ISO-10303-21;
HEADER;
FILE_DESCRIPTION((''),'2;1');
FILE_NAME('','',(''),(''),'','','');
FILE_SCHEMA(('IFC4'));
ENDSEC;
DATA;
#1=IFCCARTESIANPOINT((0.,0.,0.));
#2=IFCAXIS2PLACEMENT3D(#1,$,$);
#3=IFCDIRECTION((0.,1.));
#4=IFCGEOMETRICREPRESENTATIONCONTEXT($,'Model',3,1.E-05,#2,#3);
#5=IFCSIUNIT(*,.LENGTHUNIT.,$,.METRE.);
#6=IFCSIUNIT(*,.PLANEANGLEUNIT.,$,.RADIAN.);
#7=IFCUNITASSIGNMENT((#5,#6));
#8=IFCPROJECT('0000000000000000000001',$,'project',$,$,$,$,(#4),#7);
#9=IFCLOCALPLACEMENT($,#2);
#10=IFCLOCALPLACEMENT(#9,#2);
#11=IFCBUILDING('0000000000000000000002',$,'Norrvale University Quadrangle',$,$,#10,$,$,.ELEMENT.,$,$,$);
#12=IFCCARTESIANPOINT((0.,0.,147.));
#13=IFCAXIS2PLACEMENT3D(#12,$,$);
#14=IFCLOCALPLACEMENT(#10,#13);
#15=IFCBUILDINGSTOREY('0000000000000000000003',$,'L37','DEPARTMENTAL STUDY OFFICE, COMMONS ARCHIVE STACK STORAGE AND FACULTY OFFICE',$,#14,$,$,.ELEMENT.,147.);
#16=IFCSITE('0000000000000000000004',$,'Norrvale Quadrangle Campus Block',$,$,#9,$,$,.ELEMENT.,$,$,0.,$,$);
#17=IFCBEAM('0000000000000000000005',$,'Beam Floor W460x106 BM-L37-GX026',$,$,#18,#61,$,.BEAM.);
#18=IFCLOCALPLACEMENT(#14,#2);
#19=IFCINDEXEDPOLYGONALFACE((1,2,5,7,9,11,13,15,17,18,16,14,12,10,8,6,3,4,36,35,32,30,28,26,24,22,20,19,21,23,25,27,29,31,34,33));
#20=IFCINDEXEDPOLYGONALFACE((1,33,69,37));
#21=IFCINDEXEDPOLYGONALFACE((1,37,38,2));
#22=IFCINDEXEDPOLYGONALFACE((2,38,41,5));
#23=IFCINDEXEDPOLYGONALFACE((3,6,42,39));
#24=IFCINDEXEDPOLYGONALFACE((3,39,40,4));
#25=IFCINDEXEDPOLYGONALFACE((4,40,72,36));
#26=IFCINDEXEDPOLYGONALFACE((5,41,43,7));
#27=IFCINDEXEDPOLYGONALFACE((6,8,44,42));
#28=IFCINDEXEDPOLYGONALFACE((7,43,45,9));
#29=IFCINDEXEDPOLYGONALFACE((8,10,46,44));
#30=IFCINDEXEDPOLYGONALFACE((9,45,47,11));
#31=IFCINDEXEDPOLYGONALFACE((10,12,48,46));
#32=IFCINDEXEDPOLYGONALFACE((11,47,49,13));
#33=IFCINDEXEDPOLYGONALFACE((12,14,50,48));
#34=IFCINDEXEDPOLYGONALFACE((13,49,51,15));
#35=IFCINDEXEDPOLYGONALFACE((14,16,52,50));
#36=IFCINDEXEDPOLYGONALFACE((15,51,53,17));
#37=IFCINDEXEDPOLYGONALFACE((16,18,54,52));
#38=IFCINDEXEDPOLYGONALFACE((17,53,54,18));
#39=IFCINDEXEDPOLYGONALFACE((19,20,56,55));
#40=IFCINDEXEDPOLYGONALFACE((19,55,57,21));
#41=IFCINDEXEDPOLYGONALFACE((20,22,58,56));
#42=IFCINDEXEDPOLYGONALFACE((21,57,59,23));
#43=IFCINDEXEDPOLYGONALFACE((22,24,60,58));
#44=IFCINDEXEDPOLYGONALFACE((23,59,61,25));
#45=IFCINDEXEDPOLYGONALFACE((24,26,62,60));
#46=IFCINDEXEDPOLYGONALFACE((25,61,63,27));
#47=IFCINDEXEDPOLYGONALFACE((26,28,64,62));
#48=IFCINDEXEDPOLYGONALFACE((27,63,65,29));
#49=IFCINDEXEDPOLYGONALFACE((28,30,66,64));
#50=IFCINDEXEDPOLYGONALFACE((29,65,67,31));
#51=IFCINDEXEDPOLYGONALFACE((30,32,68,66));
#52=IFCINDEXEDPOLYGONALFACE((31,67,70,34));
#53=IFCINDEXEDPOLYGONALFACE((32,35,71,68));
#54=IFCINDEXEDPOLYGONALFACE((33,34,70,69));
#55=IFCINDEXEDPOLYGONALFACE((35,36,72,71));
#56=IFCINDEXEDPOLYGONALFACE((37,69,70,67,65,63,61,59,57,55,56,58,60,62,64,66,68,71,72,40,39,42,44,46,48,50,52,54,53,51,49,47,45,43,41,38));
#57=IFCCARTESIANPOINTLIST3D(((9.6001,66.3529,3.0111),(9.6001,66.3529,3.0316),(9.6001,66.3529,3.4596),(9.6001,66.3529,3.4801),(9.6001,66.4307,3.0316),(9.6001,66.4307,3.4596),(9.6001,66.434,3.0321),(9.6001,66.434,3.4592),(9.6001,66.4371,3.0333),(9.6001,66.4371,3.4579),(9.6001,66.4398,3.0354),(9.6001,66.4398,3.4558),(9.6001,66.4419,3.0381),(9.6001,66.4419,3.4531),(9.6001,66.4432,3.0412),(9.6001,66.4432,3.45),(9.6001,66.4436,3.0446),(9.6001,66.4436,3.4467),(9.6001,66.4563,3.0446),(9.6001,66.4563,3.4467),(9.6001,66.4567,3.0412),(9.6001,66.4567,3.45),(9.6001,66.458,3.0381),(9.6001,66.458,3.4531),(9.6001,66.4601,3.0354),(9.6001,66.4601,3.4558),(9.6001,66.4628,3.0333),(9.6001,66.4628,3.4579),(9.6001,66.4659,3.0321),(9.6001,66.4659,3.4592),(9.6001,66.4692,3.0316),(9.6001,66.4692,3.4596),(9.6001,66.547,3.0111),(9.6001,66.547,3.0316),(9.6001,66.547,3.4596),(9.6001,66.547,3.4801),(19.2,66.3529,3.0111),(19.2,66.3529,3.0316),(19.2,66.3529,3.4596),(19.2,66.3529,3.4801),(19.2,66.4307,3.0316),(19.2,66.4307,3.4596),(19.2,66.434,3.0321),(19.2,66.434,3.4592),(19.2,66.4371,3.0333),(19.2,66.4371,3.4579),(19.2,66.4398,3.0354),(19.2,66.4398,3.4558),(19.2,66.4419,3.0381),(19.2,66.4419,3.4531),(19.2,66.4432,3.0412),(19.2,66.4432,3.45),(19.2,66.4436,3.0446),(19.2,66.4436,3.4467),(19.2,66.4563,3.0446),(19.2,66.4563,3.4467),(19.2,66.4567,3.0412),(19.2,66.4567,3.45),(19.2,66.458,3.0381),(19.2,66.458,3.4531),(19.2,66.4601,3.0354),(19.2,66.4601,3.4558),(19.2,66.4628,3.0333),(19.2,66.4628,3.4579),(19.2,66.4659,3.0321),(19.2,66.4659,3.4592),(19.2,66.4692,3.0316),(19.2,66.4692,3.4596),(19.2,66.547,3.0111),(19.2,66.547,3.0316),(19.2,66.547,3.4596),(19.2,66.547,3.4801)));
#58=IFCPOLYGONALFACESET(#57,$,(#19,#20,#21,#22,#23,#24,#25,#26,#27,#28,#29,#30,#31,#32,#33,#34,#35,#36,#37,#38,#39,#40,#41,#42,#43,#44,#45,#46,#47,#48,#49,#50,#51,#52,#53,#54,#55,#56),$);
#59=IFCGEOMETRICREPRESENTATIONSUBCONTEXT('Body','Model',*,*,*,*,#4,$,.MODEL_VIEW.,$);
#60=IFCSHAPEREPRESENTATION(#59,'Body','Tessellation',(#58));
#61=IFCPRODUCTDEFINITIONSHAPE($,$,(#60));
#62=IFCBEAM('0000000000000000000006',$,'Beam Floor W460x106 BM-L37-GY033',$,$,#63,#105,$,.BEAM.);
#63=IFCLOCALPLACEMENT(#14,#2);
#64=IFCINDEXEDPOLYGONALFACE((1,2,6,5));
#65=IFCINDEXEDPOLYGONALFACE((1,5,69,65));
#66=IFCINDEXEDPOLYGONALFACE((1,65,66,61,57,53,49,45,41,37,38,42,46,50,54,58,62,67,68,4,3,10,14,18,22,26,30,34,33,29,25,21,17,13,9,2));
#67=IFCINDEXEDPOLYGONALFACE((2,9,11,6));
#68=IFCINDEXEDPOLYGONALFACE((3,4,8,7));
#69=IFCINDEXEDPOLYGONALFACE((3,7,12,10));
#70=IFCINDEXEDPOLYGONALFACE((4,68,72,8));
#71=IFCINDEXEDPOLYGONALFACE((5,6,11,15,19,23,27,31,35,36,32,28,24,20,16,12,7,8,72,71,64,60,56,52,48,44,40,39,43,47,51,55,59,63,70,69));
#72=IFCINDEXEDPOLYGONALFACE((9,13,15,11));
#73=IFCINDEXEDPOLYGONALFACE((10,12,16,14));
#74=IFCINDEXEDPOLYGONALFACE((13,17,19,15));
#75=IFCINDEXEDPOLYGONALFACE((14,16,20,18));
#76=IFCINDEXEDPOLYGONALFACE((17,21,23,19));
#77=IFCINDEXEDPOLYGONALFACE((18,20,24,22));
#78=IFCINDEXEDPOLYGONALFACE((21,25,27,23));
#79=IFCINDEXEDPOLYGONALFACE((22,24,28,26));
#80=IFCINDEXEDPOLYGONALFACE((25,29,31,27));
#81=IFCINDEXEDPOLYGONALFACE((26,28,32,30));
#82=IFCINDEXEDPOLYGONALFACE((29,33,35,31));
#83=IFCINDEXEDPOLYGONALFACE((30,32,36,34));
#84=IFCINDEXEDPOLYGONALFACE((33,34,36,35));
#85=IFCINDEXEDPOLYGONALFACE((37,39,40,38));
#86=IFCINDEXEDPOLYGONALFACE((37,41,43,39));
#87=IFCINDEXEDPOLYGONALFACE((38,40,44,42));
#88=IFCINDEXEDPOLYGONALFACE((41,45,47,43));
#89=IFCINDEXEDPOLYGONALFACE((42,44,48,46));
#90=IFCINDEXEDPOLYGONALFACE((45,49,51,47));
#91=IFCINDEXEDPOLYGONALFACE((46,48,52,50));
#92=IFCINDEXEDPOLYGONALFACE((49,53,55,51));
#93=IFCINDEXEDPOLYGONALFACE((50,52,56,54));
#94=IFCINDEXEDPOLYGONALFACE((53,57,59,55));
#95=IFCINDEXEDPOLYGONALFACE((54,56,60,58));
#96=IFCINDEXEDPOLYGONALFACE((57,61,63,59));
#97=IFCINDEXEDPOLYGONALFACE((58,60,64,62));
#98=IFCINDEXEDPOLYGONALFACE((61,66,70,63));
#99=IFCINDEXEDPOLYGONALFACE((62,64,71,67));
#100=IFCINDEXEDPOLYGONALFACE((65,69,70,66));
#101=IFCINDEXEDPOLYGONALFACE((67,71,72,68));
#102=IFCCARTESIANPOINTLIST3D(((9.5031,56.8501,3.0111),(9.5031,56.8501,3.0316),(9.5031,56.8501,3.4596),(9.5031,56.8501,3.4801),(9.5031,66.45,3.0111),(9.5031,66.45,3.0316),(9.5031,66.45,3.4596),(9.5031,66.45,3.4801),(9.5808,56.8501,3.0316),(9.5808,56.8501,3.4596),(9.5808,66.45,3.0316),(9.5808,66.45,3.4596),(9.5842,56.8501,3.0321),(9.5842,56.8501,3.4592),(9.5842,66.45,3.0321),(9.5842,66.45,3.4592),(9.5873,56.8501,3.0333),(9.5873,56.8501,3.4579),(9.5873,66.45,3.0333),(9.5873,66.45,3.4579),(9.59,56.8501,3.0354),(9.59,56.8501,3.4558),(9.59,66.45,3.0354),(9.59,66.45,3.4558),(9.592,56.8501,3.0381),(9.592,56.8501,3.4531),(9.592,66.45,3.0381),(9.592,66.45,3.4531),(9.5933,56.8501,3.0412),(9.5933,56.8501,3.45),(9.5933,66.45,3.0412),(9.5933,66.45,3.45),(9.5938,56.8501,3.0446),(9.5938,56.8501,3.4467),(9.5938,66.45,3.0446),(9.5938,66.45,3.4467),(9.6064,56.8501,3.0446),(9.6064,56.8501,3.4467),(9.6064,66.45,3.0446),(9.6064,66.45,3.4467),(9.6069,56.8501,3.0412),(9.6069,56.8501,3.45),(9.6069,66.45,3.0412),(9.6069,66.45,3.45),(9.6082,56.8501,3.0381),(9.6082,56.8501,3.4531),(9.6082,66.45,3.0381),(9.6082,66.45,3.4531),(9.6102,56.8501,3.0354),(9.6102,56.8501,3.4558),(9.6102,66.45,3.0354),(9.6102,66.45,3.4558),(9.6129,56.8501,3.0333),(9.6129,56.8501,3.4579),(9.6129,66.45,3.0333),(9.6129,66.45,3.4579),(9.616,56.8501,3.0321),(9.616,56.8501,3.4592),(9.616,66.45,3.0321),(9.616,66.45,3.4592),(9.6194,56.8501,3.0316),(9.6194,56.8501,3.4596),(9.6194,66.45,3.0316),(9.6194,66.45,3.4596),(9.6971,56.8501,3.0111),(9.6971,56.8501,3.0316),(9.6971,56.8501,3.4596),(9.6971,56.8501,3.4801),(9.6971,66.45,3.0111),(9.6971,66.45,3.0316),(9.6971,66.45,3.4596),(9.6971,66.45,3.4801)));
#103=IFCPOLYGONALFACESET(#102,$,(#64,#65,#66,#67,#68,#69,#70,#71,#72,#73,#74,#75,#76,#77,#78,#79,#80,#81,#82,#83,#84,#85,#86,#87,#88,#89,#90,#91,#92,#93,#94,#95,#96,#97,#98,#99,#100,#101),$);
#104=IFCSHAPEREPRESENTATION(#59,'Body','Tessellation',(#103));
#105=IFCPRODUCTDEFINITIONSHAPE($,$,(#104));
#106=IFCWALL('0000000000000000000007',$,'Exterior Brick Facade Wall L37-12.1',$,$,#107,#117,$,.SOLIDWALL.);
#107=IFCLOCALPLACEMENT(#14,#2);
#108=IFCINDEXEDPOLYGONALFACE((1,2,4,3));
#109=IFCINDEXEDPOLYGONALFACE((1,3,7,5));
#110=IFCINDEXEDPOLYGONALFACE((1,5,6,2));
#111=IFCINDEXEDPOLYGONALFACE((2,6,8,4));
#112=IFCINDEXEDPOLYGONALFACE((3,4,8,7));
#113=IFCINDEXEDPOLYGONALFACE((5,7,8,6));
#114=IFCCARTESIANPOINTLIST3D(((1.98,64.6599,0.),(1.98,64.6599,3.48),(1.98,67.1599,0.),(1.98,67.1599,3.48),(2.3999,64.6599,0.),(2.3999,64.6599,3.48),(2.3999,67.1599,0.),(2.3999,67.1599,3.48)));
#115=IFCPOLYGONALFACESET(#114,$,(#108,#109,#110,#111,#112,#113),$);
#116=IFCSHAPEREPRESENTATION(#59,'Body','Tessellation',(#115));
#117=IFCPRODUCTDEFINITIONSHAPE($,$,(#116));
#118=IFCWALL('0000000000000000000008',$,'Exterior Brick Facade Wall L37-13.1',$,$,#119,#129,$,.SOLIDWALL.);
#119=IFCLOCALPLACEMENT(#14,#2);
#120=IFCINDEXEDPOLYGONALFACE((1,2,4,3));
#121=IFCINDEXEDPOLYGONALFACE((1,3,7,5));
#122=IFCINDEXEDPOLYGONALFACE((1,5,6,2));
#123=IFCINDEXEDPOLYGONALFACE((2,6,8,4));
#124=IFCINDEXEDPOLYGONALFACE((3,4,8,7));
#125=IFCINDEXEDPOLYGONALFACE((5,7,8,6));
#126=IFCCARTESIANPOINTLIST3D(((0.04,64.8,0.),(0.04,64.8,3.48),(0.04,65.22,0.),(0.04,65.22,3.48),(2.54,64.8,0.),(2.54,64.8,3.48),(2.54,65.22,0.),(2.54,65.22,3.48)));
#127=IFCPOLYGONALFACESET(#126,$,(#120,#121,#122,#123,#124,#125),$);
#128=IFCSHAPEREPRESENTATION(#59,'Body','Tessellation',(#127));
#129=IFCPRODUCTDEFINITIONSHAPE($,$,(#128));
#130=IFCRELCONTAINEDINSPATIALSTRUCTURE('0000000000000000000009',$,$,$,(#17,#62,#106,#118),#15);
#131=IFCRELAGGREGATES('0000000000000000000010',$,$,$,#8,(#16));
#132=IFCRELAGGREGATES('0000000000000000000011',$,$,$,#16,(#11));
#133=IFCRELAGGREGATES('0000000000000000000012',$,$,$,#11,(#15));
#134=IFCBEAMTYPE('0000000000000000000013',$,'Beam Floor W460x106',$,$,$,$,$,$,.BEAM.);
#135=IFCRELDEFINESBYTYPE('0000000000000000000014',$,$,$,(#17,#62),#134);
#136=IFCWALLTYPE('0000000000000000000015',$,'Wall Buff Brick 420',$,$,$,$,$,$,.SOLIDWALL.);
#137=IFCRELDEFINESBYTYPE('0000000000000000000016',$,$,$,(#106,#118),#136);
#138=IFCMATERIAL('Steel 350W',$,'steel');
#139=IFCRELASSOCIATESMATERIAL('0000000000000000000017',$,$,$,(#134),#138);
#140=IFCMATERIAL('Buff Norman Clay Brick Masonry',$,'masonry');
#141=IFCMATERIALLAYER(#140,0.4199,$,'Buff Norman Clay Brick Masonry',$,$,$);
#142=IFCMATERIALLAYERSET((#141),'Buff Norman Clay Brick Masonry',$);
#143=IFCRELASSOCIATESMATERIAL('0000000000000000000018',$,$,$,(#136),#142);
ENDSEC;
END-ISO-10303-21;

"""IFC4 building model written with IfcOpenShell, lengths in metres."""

from ifc_helpers import new_model, si_unit, direction, frame, frame_2d, origin, origin_2d, place, context, subcontext, project, spatial, rectangle, i_section, extrude, material, layer, layer_set, material_profile, profile_set, type_object, element, save


model = new_model("IFC4")

# Units and contexts
model_context = context("Model", 3, precision=1e-05, world=origin(), true_north=direction((0.0, 1.0)))
body_context = subcontext(model_context, "Body", "Model", "MODEL_VIEW")
ifc_project = project(units=[si_unit("LENGTHUNIT", "METRE"), si_unit("PLANEANGLEUNIT", "RADIAN")], contexts=[model_context])

# Site, building, storey
site_placement = place(None, origin())
site = spatial("IfcSite", under=ifc_project, at=site_placement, Name="Norrvale Quadrangle Campus Block", CompositionType="ELEMENT", RefElevation=0.0)
building_placement = place(site_placement, origin())
building = spatial("IfcBuilding", under=site, at=building_placement, Name="Norrvale University Quadrangle", CompositionType="ELEMENT")
storey_placement = place(building_placement, frame((0.0, 0.0, 147.0)))
storey = spatial("IfcBuildingStorey", under=building, at=storey_placement, Name="L37", Description="DEPARTMENTAL STUDY OFFICE, COMMONS ARCHIVE STACK STORAGE AND FACULTY OFFICE", CompositionType="ELEMENT", Elevation=147.0)

# Beams
ifc_material_1 = material(Name="Steel 350W", Category="steel")
ifc_material_profile_1 = material_profile(ifc_material_1, i_section(OverallWidth=0.1941, OverallDepth=0.469, WebThickness=0.0127, FlangeThickness=0.0205, FilletRadius=0.0129, at=origin_2d()), Name="Steel 350W")
ifc_profile_set_1 = profile_set([ifc_material_profile_1], Name="Steel 350W")
beam_type_1 = type_object("IfcBeamType", Name="Beam Floor W460x106", PredefinedType="BEAM", material=ifc_profile_set_1)
for number, where, z_axis, x_axis, name in (
    (1, (9.6001, 66.45, 3.2456), (1.0, 0.0, 0.0), (0.0, 1.0, 0.0), "Beam Floor W460x106 BM-L37-GX026"),
    (2, (9.6001, 56.8501, 3.2456), (0.0, 1.0, 0.0), (-1.0, 0.0, 0.0), "Beam Floor W460x106 BM-L37-GY033"),
):
    element("IfcBeam", number, at=place(storey_placement, frame(where, z_axis=z_axis, x_axis=x_axis)), inside=storey, type_object=beam_type_1, Name=name, PredefinedType="BEAM", context=body_context, shape_type="SweptSolid", body=[
        extrude(i_section(OverallWidth=0.1941, OverallDepth=0.469, WebThickness=0.0127, FlangeThickness=0.0205, FilletRadius=0.0129, at=origin_2d()), origin(), (0.0, 0.0, 1.0), 9.5999),
    ])

# Walls
ifc_material_2 = material(Name="Buff Norman Clay Brick Masonry", Category="masonry")
ifc_layer = layer(ifc_material_2, 0.4199, Name="Buff Norman Clay Brick Masonry")
ifc_layer_set = layer_set([ifc_layer], Name="Buff Norman Clay Brick Masonry")
wall_type = type_object("IfcWallType", Name="Wall Buff Brick 420", PredefinedType="SOLIDWALL", material=ifc_layer_set)
for number, where, z_axis, x_axis, name in (
    (3, (2.1899, 67.1599, 0.0), (0.0, 0.0, 1.0), (0.0, -1.0, 0.0), "Exterior Brick Facade Wall L37-12.1"),
    (4, (2.54, 65.01, 0.0), (0.0, 0.0, 1.0), (-1.0, 0.0, 0.0), "Exterior Brick Facade Wall L37-13.1"),
):
    element("IfcWall", number, at=place(storey_placement, frame(where, z_axis=z_axis, x_axis=x_axis)), inside=storey, type_object=wall_type, Name=name, PredefinedType="SOLIDWALL", context=body_context, shape_type="SweptSolid", body=[
        extrude(rectangle(XDim=2.5, YDim=0.4199, at=frame_2d((1.25, 0.0))), origin(), (0.0, 0.0, 1.0), 3.48),
    ])

save(model, "model.ifc")
